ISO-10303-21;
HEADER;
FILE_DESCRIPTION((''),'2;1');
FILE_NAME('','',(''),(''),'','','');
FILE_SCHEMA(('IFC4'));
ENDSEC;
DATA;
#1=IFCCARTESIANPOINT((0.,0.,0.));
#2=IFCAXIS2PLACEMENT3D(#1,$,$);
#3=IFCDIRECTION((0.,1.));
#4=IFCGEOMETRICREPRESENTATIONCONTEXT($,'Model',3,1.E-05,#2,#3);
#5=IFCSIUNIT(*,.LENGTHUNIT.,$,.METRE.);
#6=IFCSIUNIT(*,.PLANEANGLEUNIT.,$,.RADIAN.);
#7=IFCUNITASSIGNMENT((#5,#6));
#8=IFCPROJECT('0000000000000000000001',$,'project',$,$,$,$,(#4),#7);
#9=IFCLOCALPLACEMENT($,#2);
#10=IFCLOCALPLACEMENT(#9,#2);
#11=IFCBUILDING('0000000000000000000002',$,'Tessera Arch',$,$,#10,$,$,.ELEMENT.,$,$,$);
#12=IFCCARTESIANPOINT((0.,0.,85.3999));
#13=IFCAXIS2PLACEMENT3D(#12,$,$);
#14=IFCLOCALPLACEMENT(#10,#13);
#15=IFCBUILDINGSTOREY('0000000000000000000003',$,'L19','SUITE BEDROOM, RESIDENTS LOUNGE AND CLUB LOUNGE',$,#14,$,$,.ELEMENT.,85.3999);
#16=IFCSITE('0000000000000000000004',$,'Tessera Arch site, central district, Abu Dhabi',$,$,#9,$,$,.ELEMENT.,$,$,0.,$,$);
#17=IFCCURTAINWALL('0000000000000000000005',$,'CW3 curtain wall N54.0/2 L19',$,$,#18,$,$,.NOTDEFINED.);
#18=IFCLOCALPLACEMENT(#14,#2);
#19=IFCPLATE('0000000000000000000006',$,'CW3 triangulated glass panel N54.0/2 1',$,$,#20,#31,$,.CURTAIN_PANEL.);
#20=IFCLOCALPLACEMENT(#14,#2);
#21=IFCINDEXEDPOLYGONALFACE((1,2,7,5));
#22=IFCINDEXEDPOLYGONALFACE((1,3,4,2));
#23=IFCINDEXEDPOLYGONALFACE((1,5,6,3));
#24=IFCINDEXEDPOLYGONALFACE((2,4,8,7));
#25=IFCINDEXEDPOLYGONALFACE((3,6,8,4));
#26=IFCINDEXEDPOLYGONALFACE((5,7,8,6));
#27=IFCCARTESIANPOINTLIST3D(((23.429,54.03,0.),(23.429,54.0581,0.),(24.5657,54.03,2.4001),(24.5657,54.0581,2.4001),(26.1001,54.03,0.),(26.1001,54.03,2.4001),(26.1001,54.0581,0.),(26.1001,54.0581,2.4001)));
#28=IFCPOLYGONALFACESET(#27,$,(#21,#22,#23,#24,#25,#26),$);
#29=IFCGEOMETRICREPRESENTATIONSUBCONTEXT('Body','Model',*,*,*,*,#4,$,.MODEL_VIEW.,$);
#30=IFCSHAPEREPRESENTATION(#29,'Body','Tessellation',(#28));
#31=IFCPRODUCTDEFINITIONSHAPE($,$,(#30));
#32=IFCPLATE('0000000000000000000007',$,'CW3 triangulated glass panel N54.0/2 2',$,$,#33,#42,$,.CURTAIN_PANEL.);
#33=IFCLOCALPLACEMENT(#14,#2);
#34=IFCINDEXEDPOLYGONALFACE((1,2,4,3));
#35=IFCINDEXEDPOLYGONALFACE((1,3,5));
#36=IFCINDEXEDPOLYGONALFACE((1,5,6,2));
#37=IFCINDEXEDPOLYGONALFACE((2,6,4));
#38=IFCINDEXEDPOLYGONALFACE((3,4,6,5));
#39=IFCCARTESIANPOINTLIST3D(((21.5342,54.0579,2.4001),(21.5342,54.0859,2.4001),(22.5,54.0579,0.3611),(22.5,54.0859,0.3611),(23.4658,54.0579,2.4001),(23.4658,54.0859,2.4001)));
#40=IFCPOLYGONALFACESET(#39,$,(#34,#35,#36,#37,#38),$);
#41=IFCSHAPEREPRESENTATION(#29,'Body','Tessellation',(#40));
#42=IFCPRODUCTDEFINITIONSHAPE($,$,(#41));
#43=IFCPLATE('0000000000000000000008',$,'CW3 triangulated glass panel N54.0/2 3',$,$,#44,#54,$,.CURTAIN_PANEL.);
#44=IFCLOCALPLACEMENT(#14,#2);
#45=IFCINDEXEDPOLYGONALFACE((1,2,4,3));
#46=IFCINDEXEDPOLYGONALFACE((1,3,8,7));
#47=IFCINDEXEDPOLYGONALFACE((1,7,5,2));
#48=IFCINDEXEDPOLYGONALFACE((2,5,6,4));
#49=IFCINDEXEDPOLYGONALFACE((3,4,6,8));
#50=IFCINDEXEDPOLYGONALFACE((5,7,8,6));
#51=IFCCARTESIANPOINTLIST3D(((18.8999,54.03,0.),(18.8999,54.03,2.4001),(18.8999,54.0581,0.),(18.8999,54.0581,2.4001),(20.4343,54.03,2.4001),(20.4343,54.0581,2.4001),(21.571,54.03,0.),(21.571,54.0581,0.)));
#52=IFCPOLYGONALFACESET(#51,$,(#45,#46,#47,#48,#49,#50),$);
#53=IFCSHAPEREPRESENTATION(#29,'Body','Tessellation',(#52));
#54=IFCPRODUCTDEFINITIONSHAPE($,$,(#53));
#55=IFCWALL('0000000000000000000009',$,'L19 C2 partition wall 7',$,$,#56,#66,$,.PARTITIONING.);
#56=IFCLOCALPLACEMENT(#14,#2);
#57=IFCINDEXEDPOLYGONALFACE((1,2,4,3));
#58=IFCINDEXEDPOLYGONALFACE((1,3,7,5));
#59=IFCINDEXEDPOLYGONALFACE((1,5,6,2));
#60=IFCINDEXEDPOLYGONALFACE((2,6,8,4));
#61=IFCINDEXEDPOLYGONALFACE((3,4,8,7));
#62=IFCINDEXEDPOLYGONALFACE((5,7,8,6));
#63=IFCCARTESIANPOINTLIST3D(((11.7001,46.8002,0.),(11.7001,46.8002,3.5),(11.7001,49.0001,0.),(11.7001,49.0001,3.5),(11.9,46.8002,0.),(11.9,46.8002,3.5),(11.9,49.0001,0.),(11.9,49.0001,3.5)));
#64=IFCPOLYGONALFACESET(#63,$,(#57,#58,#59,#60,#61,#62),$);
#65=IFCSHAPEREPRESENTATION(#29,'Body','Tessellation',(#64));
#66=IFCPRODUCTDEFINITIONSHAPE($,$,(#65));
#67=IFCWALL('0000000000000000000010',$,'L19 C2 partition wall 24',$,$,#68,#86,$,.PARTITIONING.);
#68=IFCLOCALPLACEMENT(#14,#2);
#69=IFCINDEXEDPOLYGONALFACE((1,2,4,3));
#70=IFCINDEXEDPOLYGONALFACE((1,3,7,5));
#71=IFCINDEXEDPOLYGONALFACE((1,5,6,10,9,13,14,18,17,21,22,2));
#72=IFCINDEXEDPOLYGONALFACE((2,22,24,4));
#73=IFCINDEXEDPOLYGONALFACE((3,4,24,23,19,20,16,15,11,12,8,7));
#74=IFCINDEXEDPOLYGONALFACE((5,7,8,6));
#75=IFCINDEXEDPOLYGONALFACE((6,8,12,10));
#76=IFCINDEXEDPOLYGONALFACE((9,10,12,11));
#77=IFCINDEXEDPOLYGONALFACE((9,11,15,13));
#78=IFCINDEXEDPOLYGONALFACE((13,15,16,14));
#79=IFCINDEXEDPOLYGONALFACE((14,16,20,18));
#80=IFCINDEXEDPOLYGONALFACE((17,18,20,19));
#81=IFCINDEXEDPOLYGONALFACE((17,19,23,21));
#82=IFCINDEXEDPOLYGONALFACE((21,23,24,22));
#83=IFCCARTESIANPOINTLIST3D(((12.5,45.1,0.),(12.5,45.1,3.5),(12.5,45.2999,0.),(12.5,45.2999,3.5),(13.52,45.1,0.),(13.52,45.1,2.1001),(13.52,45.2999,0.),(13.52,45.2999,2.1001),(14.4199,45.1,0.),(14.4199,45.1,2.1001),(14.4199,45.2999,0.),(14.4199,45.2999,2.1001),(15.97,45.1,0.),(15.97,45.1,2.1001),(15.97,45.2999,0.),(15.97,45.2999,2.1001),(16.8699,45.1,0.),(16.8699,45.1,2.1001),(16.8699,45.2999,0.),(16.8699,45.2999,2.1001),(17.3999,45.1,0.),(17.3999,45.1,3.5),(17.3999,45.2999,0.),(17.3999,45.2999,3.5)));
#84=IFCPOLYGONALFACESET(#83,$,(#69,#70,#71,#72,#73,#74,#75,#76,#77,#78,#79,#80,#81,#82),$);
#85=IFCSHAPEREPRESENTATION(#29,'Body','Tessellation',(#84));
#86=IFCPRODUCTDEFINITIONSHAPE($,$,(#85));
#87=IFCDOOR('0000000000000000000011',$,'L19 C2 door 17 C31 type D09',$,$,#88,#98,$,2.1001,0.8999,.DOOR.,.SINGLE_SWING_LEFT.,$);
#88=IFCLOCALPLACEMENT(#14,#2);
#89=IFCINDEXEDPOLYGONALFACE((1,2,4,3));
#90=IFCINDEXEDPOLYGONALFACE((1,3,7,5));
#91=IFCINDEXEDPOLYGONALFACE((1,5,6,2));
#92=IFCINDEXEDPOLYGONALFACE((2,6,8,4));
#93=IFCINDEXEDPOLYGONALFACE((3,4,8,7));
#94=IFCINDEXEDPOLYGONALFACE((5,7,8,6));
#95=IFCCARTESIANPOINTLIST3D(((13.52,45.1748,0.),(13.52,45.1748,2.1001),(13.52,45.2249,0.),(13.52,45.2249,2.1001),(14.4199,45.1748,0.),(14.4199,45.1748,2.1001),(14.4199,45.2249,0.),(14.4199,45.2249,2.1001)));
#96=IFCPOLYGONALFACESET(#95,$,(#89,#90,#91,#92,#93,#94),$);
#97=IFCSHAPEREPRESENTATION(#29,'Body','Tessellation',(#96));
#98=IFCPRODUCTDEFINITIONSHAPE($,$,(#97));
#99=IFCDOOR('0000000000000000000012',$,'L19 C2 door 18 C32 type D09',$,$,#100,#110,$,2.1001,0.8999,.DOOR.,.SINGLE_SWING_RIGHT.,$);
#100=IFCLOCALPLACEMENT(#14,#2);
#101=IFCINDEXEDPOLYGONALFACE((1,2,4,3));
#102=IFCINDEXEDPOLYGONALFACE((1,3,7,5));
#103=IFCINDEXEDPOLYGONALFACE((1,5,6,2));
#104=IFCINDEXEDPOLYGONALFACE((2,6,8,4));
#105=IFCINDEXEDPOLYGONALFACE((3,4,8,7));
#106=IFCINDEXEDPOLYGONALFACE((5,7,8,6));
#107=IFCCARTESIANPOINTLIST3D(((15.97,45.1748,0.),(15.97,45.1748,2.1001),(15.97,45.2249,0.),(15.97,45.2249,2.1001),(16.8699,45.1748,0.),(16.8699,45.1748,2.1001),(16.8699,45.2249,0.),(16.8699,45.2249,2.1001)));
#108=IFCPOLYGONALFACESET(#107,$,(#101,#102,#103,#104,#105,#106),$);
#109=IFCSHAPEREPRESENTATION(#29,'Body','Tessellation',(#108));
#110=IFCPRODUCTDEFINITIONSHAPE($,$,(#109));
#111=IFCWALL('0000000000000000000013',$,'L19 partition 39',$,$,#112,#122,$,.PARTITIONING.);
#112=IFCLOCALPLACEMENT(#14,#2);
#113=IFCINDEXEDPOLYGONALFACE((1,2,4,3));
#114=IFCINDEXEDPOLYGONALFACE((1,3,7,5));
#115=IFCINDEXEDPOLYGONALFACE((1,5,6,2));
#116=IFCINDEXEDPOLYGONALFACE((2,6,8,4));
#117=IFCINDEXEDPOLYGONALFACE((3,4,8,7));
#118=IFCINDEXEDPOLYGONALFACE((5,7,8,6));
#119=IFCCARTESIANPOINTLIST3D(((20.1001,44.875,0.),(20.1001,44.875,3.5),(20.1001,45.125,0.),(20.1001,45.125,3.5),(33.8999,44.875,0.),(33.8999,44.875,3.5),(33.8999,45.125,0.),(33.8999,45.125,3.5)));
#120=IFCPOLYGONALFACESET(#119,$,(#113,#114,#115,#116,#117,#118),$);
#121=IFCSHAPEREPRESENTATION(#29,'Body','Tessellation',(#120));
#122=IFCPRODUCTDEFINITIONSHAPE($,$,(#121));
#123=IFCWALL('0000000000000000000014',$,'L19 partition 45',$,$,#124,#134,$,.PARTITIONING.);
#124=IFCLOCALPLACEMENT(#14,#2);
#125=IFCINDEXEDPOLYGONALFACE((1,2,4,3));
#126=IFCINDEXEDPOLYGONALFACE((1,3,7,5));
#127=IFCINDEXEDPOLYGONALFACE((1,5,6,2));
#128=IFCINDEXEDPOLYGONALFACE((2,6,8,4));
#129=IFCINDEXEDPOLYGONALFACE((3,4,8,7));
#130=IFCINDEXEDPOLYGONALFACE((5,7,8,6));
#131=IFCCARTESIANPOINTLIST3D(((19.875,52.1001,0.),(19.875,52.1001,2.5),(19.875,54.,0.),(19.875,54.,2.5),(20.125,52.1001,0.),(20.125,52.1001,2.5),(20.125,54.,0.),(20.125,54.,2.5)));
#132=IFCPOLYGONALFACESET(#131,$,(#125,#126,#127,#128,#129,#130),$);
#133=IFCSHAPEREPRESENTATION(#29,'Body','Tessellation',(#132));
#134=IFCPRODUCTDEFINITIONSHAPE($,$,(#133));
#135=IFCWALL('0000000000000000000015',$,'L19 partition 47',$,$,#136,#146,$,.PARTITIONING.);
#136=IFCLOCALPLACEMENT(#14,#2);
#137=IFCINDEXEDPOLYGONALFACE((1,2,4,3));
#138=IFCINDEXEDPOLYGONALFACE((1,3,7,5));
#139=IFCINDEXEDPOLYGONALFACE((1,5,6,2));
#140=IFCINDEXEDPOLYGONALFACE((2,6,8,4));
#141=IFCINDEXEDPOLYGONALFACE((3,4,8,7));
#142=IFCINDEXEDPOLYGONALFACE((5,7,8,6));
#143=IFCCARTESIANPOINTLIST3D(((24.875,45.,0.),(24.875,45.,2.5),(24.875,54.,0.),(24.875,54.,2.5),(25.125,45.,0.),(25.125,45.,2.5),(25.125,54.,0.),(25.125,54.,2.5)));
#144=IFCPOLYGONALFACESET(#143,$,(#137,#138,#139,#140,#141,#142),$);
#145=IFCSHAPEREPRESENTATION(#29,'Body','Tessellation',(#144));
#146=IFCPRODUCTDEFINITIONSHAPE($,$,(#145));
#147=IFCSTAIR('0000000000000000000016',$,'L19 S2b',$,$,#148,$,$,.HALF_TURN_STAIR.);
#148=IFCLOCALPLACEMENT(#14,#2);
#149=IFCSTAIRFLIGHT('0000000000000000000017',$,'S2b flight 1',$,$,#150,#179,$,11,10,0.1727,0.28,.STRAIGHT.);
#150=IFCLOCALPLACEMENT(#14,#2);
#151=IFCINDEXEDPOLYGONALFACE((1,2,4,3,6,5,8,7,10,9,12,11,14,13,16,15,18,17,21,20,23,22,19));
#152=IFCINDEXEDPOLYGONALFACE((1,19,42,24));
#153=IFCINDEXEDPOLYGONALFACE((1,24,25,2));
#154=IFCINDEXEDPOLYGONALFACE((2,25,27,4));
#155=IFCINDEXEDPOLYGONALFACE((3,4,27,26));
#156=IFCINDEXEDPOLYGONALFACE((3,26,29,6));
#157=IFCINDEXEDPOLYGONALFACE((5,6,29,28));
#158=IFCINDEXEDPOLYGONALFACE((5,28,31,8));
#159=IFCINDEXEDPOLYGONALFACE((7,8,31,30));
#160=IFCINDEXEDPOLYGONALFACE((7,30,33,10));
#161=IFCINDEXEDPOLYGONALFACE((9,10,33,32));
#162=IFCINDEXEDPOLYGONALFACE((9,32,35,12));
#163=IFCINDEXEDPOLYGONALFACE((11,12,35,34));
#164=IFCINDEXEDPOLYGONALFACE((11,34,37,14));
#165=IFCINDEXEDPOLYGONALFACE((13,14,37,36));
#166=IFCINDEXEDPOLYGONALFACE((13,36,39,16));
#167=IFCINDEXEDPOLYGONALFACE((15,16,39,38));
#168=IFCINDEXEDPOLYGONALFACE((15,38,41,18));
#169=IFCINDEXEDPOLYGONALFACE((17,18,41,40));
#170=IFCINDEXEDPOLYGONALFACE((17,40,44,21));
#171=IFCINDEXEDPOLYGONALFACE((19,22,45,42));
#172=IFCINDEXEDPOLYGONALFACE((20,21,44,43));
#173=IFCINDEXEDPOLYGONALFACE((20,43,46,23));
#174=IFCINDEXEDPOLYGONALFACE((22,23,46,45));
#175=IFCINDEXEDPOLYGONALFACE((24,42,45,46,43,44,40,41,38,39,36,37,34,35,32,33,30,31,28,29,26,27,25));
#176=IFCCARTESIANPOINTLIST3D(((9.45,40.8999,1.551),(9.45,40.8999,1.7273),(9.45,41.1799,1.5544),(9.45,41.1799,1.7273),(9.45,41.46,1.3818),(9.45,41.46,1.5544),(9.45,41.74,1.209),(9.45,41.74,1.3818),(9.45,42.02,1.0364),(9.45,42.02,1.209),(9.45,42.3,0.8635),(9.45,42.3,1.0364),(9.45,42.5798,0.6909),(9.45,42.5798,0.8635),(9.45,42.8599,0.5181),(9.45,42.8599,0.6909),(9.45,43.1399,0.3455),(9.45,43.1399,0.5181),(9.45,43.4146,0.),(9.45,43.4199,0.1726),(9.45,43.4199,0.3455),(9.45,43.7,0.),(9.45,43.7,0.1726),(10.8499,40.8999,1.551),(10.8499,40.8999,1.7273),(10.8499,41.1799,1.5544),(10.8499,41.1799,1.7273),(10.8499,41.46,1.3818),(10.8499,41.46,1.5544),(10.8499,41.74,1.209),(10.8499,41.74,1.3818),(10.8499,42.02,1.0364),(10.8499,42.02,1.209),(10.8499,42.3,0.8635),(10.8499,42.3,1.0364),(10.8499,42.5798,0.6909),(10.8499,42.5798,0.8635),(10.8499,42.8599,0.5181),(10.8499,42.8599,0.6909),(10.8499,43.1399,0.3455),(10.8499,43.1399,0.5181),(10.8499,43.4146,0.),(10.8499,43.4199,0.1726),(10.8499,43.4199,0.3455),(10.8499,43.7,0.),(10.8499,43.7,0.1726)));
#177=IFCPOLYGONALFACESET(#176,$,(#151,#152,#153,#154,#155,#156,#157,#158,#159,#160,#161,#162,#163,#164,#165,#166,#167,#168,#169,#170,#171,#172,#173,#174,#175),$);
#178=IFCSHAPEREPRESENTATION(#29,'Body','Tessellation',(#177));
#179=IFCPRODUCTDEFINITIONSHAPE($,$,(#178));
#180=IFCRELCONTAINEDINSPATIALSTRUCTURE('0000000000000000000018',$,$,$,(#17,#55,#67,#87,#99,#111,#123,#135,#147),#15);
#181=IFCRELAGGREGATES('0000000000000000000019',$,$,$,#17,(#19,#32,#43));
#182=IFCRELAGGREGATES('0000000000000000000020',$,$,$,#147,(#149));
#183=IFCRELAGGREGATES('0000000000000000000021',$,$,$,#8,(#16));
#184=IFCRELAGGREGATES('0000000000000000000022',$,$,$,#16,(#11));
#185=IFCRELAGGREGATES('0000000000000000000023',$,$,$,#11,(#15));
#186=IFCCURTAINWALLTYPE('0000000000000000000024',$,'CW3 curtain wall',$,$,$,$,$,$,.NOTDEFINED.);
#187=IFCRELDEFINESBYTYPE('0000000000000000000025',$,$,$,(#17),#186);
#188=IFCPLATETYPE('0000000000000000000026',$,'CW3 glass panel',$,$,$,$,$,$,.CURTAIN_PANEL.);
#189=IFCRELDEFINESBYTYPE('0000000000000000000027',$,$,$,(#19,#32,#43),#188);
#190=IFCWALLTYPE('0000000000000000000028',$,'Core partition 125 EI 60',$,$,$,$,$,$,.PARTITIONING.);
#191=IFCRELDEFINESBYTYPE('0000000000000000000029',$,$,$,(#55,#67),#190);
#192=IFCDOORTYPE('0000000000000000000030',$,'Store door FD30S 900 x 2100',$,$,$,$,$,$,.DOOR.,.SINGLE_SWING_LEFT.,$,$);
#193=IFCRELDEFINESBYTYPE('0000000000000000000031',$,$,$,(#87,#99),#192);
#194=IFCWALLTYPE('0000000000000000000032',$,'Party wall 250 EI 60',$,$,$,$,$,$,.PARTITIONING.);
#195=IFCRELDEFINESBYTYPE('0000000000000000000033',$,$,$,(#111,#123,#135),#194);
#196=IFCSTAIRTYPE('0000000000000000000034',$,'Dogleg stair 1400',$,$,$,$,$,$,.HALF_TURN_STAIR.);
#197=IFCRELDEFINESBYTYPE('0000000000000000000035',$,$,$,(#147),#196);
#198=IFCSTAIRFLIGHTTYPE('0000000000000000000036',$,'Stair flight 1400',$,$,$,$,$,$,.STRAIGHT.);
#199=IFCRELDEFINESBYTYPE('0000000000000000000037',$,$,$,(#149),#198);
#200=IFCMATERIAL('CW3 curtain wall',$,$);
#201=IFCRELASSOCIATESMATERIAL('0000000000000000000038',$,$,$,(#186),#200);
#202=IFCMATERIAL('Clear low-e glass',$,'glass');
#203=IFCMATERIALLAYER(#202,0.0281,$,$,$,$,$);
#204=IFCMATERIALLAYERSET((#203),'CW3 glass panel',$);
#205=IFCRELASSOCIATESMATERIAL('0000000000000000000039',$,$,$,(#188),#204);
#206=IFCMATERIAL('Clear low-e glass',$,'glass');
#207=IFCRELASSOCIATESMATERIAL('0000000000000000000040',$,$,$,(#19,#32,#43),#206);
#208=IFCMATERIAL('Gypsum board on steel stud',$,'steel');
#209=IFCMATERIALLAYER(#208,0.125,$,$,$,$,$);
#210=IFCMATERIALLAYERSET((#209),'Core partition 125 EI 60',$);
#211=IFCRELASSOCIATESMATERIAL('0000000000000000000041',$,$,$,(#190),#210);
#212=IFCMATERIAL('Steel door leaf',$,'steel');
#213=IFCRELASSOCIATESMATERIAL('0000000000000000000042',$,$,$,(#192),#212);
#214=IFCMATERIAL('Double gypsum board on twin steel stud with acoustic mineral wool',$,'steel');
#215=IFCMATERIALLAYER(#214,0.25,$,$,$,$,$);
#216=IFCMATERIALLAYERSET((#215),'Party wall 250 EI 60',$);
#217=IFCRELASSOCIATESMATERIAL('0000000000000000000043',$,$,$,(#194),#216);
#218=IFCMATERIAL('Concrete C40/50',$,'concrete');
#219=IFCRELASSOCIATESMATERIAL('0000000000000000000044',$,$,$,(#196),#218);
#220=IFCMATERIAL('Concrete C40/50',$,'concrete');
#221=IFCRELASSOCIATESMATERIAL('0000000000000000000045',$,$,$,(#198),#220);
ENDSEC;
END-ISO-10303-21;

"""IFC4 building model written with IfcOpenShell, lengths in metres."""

from ifc_helpers import new_model, si_unit, direction, frame, frame_2d, origin, place, context, subcontext, project, spatial, polyline, rectangle, outline, extrude, material, layer, layer_set, type_object, element, fill, aggregate, save


model = new_model("IFC4")

# Units and contexts
model_context = context("Model", 3, precision=1e-05, world=origin(), true_north=direction((0.0, 1.0)))
body_context = subcontext(model_context, "Body", "Model", "MODEL_VIEW")
ifc_project = project(units=[si_unit("LENGTHUNIT", "METRE"), si_unit("PLANEANGLEUNIT", "RADIAN")], contexts=[model_context])

# Site, building, storey
site_placement = place(None, origin())
site = spatial("IfcSite", under=ifc_project, at=site_placement, Name="Tessera Arch site, central district, Abu Dhabi", CompositionType="ELEMENT", RefElevation=0.0)
building_placement = place(site_placement, origin())
building = spatial("IfcBuilding", under=site, at=building_placement, Name="Tessera Arch", CompositionType="ELEMENT")
storey_placement = place(building_placement, frame((0.0, 0.0, 85.3999)))
storey = spatial("IfcBuildingStorey", under=building, at=storey_placement, Name="L19", Description="SUITE BEDROOM, RESIDENTS LOUNGE AND CLUB LOUNGE", CompositionType="ELEMENT", Elevation=85.3999)

# Curtain wall
ifc_material_1 = material(Name="CW3 curtain wall")
curtain_wall_type_1 = type_object("IfcCurtainWallType", Name="CW3 curtain wall", PredefinedType="NOTDEFINED", material=ifc_material_1)
curtain_wall_1_placement = place(storey_placement, origin())
curtain_wall_1 = element("IfcCurtainWall", 1, at=curtain_wall_1_placement, inside=storey, type_object=curtain_wall_type_1, Name="CW3 curtain wall N54.0/2 L19", PredefinedType="NOTDEFINED")

# Shared definitions
ifc_material_2 = material(Name="Clear low-e glass", Category="glass")

# Plates
ifc_material_3 = material(Name="Clear low-e glass", Category="glass")
ifc_layer_1 = layer(ifc_material_3, 0.0281)
ifc_layer_set_1 = layer_set([ifc_layer_1], Name="CW3 glass panel")
plate_type_1 = type_object("IfcPlateType", Name="CW3 glass panel", PredefinedType="CURTAIN_PANEL", material=ifc_layer_set_1)
plate_1_placement = place(storey_placement, frame((26.1001, 54.0581, 0.0), z_axis=(0.0, 1.0, 0.0), x_axis=(-1.0, 0.0, 0.0)))
plate_1 = element("IfcPlate", 2, at=plate_1_placement, type_object=plate_type_1, material=ifc_material_2, Name="CW3 triangulated glass panel N54.0/2 1", PredefinedType="CURTAIN_PANEL", context=body_context, shape_type="SweptSolid", body=[
    extrude(outline(polyline([(0.0, 0.0), (2.6711, 0.0), (1.5344, 2.4001), (0.0, 2.4001), (0.0, 0.0)])), origin(), (0.0, 0.0, -1.0), 0.0281),
])
plate_2_placement = place(storey_placement, frame((21.5342, 54.0859, 2.4001), z_axis=(0.0, 1.0, 0.0), x_axis=(1.0, 0.0, 0.0)))
plate_2 = element("IfcPlate", 3, at=plate_2_placement, type_object=plate_type_1, material=ifc_material_2, Name="CW3 triangulated glass panel N54.0/2 2", PredefinedType="CURTAIN_PANEL", context=body_context, shape_type="SweptSolid", body=[
    extrude(outline(polyline([(0.0, 0.0), (1.9316, 0.0), (0.9658, 2.0391), (0.0, 0.0)])), origin(), (0.0, 0.0, -1.0), 0.0281),
])
plate_3_placement = place(storey_placement, frame((18.8999, 54.0581, 2.4001), z_axis=(0.0, 1.0, 0.0), x_axis=(1.0, 0.0, 0.0)))
plate_3 = element("IfcPlate", 4, at=plate_3_placement, type_object=plate_type_1, material=ifc_material_2, Name="CW3 triangulated glass panel N54.0/2 3", PredefinedType="CURTAIN_PANEL", context=body_context, shape_type="SweptSolid", body=[
    extrude(outline(polyline([(0.0, 0.0), (1.5344, 0.0), (2.6711, 2.4001), (0.0, 2.4001), (0.0, 0.0)])), origin(), (0.0, 0.0, -1.0), 0.0281),
])
aggregate(curtain_wall_1, [plate_1, plate_2, plate_3])

# Wall
ifc_material_4 = material(Name="Gypsum board on steel stud", Category="steel")
ifc_layer_2 = layer(ifc_material_4, 0.125)
ifc_layer_set_2 = layer_set([ifc_layer_2], Name="Core partition 125 EI 60")
wall_type_1 = type_object("IfcWallType", Name="Core partition 125 EI 60", PredefinedType="PARTITIONING", material=ifc_layer_set_2)
wall_1_placement = place(storey_placement, frame((11.8, 46.8, 0.0), z_axis=(0.0, 0.0, 1.0), x_axis=(0.0, 1.0, 0.0)))
element("IfcWall", 5, at=wall_1_placement, inside=storey, type_object=wall_type_1, Name="L19 C2 partition wall 7", PredefinedType="PARTITIONING", context=body_context, shape_type="SweptSolid", body=[
    extrude(rectangle(XDim=2.2, YDim=0.2, at=frame_2d((1.1001, 0.0))), origin(), (0.0, 0.0, 1.0), 3.5),
])

# Wall, openings, doors
wall_2_placement = place(storey_placement, frame((12.5, 45.2, 0.0), z_axis=(0.0, 0.0, 1.0), x_axis=(1.0, 0.0, 0.0)))
wall_2 = element("IfcWall", 6, at=wall_2_placement, inside=storey, type_object=wall_type_1, Name="L19 C2 partition wall 24", PredefinedType="PARTITIONING", context=body_context, shape_type="SweptSolid", body=[
    extrude(rectangle(XDim=4.8999, YDim=0.2, at=frame_2d((2.45, 0.0))), origin(), (0.0, 0.0, 1.0), 3.5),
])
opening_1_placement = place(wall_2_placement, frame((1.02, 0.0, 0.0)))
opening_1 = element("IfcOpeningElement", 7, at=opening_1_placement, cuts=wall_2, PredefinedType="OPENING", context=body_context, shape_type="SweptSolid", body=[
    extrude(rectangle(XDim=0.8999, YDim=2.1001, at=frame_2d((0.45, 1.05))), frame((0.0, 0.1099, 0.0), z_axis=(0.0, -1.0, 0.0), x_axis=(1.0, 0.0, 0.0)), (0.0, 0.0, 1.0), 0.22),
])
opening_2_placement = place(wall_2_placement, frame((3.47, 0.0, 0.0)))
opening_2 = element("IfcOpeningElement", 8, at=opening_2_placement, cuts=wall_2, PredefinedType="OPENING", context=body_context, shape_type="SweptSolid", body=[
    extrude(rectangle(XDim=0.8999, YDim=2.1001, at=frame_2d((0.45, 1.05))), frame((0.0, 0.1099, 0.0), z_axis=(0.0, -1.0, 0.0), x_axis=(1.0, 0.0, 0.0)), (0.0, 0.0, 1.0), 0.22),
])
ifc_material_5 = material(Name="Steel door leaf", Category="steel")
door_type = type_object("IfcDoorType", Name="Store door FD30S 900 x 2100", OperationType="SINGLE_SWING_LEFT", PredefinedType="DOOR", material=ifc_material_5)
door_1_placement = place(opening_1_placement, origin())
door_1 = element("IfcDoor", 9, at=door_1_placement, inside=storey, type_object=door_type, Name="L19 C2 door 17 C31 type D09", OperationType="SINGLE_SWING_LEFT", OverallHeight=2.1001, OverallWidth=0.8999, PredefinedType="DOOR", context=body_context, shape_type="SweptSolid", body=[
    extrude(rectangle(XDim=0.8999, YDim=2.1001, at=frame_2d((0.45, 1.05))), frame((0.0, 0.0249, 0.0), z_axis=(0.0, -1.0, 0.0), x_axis=(1.0, 0.0, 0.0)), (0.0, 0.0, 1.0), 0.05),
])
fill(opening_1, door_1)
door_2_placement = place(opening_2_placement, origin())
door_2 = element("IfcDoor", 10, at=door_2_placement, inside=storey, type_object=door_type, Name="L19 C2 door 18 C32 type D09", OperationType="SINGLE_SWING_RIGHT", OverallHeight=2.1001, OverallWidth=0.8999, PredefinedType="DOOR", context=body_context, shape_type="SweptSolid", body=[
    extrude(rectangle(XDim=0.8999, YDim=2.1001, at=frame_2d((0.45, 1.05))), frame((0.0, 0.0249, 0.0), z_axis=(0.0, -1.0, 0.0), x_axis=(1.0, 0.0, 0.0)), (0.0, 0.0, 1.0), 0.05),
])
fill(opening_2, door_2)

# Walls
ifc_material_6 = material(Name="Double gypsum board on twin steel stud with acoustic mineral wool", Category="steel")
ifc_layer_3 = layer(ifc_material_6, 0.25)
ifc_layer_set_3 = layer_set([ifc_layer_3], Name="Party wall 250 EI 60")
wall_type_2 = type_object("IfcWallType", Name="Party wall 250 EI 60", PredefinedType="PARTITIONING", material=ifc_layer_set_3)
wall_3_placement = place(storey_placement, frame((20.1001, 45.0, 0.0), z_axis=(0.0, 0.0, 1.0), x_axis=(1.0, 0.0, 0.0)))
element("IfcWall", 11, at=wall_3_placement, inside=storey, type_object=wall_type_2, Name="L19 partition 39", PredefinedType="PARTITIONING", context=body_context, shape_type="SweptSolid", body=[
    extrude(rectangle(XDim=13.7998, YDim=0.25, at=frame_2d((6.8999, 0.0))), origin(), (0.0, 0.0, 1.0), 3.5),
])
wall_4_placement = place(storey_placement, frame((20.0, 52.1001, 0.0), z_axis=(0.0, 0.0, 1.0), x_axis=(0.0, 1.0, 0.0)))
element("IfcWall", 12, at=wall_4_placement, inside=storey, type_object=wall_type_2, Name="L19 partition 45", PredefinedType="PARTITIONING", context=body_context, shape_type="SweptSolid", body=[
    extrude(rectangle(XDim=1.8999, YDim=0.25, at=frame_2d((0.95, 0.0))), origin(), (0.0, 0.0, 1.0), 2.5),
])
wall_5_placement = place(storey_placement, frame((25.0, 45.0, 0.0), z_axis=(0.0, 0.0, 1.0), x_axis=(0.0, 1.0, 0.0)))
element("IfcWall", 13, at=wall_5_placement, inside=storey, type_object=wall_type_2, Name="L19 partition 47", PredefinedType="PARTITIONING", context=body_context, shape_type="SweptSolid", body=[
    extrude(rectangle(XDim=9.0, YDim=0.25, at=frame_2d((4.5, 0.0))), origin(), (0.0, 0.0, 1.0), 2.5),
])

# Stair, stair flight
ifc_material_7 = material(Name="Concrete C40/50", Category="concrete")
stair_type = type_object("IfcStairType", Name="Dogleg stair 1400", PredefinedType="HALF_TURN_STAIR", material=ifc_material_7)
stair_placement = place(storey_placement, origin())
stair = element("IfcStair", 14, at=stair_placement, inside=storey, type_object=stair_type, Name="L19 S2b", PredefinedType="HALF_TURN_STAIR")
ifc_material_8 = material(Name="Concrete C40/50", Category="concrete")
stair_flight_type = type_object("IfcStairFlightType", Name="Stair flight 1400", PredefinedType="STRAIGHT", material=ifc_material_8)
stair_flight_placement = place(storey_placement, frame((10.1499, 43.7, 0.0), z_axis=(0.0, 0.0, 1.0), x_axis=(0.0, -1.0, 0.0)))
stair_flight = element("IfcStairFlight", 15, at=stair_flight_placement, type_object=stair_flight_type, Name="S2b flight 1", NumberOfRisers=11, NumberOfTreads=10, PredefinedType="STRAIGHT", RiserHeight=0.1727, TreadLength=0.28, context=body_context, shape_type="SweptSolid", body=[
    extrude(outline(polyline([(0.0, 0.0), (0.0, 0.1726), (0.28, 0.1726), (0.28, 0.3455), (0.5601, 0.3455), (0.5601, 0.5181), (0.8401, 0.5181), (0.8401, 0.6909), (1.1201, 0.6909), (1.1201, 0.8635), (1.3999, 0.8635), (1.3999, 1.0364), (1.6799, 1.0364), (1.6799, 1.209), (1.96, 1.209), (1.96, 1.3818), (2.24, 1.3818), (2.24, 1.5544), (2.52, 1.5544), (2.52, 1.7273), (2.8, 1.7273), (2.8, 1.8999), (2.8, 1.551), (0.2854, 0.0), (0.0, 0.0)])), frame((0.0, 0.7, 0.0), z_axis=(0.0, -1.0, 0.0), x_axis=(1.0, 0.0, 0.0)), (0.0, 0.0, 1.0), 1.3999),
])
aggregate(stair, [stair_flight])

save(model, "model.ifc")
